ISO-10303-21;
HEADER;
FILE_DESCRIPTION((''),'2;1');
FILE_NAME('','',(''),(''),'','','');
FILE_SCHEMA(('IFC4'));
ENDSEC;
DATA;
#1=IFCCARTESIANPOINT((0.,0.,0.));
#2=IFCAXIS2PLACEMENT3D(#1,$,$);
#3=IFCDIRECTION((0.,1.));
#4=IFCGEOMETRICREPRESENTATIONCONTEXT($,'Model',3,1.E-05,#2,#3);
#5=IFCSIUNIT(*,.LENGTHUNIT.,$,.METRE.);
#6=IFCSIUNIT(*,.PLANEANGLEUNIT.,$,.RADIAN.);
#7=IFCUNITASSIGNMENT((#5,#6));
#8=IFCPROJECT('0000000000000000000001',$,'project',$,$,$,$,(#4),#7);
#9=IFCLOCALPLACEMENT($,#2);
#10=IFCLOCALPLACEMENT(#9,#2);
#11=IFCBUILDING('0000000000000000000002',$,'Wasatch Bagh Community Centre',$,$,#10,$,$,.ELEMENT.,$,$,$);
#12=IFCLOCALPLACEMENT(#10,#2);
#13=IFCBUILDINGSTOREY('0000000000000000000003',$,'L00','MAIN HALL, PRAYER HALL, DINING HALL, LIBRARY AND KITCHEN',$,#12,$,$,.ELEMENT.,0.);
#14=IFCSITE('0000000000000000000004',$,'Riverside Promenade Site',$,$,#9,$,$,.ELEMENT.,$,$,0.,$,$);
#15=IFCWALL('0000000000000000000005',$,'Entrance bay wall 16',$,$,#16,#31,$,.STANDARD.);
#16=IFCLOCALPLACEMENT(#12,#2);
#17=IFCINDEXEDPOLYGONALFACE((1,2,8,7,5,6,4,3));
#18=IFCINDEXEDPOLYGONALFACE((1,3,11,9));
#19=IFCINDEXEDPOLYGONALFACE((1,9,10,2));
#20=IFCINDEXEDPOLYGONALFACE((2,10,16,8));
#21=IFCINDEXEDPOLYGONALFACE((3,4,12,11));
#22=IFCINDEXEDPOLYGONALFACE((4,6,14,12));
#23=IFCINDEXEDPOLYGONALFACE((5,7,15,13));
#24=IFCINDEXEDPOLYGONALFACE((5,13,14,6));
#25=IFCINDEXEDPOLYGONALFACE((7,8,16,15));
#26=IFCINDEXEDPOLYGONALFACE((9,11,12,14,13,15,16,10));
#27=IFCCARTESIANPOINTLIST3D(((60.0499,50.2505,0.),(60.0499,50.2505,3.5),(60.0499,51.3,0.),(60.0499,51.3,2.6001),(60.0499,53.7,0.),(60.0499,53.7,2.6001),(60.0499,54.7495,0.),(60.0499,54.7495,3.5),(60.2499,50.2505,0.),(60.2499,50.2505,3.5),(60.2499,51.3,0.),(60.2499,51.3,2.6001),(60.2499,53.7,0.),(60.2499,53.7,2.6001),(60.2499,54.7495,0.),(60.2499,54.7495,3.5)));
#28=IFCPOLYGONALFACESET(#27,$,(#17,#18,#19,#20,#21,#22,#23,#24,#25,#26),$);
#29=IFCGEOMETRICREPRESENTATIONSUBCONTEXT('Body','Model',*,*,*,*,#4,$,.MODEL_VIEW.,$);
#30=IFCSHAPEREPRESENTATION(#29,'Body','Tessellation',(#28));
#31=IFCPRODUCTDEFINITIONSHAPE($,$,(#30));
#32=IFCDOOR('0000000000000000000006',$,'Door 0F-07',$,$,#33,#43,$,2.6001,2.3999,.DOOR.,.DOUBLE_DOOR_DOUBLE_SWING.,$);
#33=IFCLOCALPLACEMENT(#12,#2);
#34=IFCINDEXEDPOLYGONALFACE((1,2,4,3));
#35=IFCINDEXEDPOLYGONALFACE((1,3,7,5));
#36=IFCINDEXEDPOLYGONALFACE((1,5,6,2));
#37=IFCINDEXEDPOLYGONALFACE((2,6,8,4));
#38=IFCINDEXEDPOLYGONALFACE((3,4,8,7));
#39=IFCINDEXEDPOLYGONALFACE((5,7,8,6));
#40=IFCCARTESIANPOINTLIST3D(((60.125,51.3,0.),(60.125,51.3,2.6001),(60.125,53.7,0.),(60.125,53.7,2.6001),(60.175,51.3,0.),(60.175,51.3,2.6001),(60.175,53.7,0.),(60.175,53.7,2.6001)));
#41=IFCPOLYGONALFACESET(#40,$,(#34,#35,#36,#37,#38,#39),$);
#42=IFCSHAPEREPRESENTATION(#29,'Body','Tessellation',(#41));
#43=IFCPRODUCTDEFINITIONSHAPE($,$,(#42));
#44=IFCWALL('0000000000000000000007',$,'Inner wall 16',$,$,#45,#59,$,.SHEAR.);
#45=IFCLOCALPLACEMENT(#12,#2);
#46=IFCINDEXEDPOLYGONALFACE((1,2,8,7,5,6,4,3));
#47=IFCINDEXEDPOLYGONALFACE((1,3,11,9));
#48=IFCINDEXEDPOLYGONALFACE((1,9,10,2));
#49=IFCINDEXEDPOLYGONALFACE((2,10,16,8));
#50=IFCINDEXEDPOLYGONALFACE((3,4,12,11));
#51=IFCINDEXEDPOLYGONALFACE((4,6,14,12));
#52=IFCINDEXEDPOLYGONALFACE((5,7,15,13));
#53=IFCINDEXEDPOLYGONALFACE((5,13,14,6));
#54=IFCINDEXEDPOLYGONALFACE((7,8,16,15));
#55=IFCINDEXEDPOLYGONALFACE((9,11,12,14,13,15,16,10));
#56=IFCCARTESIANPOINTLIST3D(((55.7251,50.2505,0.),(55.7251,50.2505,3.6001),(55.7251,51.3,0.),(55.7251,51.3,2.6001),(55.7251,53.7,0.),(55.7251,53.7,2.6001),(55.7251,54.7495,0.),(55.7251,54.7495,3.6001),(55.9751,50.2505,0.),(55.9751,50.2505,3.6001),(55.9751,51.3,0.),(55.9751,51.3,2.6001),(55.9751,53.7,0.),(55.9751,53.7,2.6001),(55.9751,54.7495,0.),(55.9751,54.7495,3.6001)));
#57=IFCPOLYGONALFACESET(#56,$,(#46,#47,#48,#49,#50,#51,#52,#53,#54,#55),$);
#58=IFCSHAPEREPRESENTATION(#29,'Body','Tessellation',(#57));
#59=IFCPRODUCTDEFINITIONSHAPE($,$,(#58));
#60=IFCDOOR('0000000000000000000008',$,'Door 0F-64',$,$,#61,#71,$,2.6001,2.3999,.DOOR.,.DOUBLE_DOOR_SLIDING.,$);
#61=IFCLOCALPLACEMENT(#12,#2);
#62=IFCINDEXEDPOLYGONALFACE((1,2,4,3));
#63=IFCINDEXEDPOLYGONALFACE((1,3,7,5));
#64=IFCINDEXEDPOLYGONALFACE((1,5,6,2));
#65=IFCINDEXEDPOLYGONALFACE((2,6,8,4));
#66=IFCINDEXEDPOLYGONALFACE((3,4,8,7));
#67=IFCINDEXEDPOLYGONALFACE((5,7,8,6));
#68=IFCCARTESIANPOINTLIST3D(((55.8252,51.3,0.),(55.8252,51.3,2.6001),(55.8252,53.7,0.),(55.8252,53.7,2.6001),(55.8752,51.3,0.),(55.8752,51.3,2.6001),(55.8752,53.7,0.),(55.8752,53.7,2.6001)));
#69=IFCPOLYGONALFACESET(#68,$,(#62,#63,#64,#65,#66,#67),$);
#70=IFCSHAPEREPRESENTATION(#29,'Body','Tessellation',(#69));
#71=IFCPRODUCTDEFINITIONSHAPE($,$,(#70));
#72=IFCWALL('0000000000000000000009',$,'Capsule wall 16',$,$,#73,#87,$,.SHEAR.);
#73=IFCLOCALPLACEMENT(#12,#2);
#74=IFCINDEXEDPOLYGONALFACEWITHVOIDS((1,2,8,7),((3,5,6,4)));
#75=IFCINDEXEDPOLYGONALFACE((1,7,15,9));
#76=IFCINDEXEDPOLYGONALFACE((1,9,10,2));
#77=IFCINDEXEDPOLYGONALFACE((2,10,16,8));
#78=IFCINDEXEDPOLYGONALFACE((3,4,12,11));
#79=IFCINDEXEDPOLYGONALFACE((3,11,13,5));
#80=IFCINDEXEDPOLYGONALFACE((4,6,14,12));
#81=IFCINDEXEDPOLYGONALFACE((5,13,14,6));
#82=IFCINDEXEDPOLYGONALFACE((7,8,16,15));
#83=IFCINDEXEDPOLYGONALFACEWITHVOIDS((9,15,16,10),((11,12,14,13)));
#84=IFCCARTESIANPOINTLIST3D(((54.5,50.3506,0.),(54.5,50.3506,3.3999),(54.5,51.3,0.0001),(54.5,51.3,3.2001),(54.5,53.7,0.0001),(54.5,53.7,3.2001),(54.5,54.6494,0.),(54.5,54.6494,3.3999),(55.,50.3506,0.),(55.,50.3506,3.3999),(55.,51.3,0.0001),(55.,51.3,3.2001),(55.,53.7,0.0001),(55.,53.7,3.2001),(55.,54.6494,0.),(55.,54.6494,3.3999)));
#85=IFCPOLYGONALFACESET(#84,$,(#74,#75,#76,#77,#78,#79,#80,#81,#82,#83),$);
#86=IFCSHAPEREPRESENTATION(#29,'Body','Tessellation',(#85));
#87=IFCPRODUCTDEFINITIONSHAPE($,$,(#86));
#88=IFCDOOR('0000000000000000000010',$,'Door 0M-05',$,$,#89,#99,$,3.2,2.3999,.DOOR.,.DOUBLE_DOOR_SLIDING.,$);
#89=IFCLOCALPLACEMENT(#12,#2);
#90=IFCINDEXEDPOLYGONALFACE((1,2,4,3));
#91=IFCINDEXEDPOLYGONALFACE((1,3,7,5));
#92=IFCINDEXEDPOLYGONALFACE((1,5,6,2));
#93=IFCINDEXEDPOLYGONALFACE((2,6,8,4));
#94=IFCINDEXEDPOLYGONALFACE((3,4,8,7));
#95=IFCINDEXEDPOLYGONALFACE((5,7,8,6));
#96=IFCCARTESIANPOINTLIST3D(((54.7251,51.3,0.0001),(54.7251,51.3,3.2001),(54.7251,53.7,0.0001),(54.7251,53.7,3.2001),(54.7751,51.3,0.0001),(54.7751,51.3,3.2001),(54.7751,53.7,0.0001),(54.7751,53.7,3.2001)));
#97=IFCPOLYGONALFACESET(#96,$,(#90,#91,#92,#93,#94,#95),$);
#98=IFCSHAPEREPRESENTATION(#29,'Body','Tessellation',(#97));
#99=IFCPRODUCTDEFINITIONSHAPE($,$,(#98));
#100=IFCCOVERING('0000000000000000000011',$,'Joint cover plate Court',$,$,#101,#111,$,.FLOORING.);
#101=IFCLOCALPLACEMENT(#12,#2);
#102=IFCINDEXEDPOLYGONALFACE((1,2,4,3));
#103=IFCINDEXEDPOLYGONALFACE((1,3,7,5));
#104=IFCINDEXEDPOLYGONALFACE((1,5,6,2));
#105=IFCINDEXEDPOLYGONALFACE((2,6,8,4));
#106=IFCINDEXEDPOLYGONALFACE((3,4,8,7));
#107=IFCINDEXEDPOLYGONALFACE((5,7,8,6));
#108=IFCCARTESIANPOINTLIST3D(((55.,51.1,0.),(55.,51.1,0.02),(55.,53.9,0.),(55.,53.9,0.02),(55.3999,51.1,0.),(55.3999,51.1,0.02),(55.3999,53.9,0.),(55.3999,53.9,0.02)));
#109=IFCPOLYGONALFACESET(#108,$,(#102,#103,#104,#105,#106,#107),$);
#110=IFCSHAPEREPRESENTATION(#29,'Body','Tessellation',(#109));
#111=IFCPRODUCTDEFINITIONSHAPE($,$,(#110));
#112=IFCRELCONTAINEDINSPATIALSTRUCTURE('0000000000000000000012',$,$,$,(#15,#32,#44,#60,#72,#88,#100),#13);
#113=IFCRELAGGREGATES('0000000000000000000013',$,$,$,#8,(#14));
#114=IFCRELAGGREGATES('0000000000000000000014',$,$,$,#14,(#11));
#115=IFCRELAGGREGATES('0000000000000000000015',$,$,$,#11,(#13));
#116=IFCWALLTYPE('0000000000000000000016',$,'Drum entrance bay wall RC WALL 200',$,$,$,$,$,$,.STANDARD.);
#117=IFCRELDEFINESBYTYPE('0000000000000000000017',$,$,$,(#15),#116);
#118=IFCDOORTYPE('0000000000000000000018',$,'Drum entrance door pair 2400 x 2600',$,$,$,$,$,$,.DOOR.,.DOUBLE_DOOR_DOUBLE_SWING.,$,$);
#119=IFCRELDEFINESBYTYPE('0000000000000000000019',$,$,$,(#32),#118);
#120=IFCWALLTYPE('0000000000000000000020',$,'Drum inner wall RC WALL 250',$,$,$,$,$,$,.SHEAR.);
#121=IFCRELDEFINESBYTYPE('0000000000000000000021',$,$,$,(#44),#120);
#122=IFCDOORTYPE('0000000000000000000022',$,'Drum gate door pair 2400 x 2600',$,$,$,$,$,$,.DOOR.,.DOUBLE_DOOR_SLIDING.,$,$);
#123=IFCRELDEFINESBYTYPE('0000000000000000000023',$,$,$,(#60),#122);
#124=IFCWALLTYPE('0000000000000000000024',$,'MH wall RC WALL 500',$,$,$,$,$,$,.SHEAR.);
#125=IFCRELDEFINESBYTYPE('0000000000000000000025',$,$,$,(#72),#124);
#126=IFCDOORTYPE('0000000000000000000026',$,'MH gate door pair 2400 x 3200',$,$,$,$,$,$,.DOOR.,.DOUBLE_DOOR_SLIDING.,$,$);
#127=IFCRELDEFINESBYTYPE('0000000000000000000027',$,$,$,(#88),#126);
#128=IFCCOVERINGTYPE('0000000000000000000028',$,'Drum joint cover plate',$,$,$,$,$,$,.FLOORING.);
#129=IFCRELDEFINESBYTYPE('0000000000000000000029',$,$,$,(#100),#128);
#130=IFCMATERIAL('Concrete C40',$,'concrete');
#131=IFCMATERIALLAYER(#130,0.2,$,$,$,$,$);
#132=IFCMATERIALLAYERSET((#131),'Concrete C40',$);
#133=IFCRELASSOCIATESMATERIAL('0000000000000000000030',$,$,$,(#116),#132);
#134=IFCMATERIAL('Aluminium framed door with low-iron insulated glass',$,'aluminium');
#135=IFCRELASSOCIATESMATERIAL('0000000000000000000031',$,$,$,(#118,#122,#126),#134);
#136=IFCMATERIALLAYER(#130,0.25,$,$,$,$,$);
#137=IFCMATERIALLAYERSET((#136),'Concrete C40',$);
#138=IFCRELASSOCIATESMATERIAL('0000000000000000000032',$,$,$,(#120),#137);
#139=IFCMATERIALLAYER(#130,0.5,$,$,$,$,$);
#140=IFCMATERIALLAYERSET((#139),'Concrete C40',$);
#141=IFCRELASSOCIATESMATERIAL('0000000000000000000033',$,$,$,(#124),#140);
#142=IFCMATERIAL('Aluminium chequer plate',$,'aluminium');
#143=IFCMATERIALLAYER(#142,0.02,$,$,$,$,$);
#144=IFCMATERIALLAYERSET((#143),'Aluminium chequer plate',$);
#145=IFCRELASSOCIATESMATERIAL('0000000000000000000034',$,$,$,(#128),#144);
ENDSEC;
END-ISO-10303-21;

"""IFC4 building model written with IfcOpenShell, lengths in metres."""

from ifc_helpers import new_model, si_unit, direction, frame, frame_2d, origin, origin_2d, place, context, subcontext, project, spatial, rectangle, extrude, material, layer, layer_set, type_object, element, fill, save


model = new_model("IFC4")

# Units and contexts
model_context = context("Model", 3, precision=1e-05, world=origin(), true_north=direction((0.0, 1.0)))
body_context = subcontext(model_context, "Body", "Model", "MODEL_VIEW")
ifc_project = project(units=[si_unit("LENGTHUNIT", "METRE"), si_unit("PLANEANGLEUNIT", "RADIAN")], contexts=[model_context])

# Site, building, storey
site_placement = place(None, origin())
site = spatial("IfcSite", under=ifc_project, at=site_placement, Name="Riverside Promenade Site", CompositionType="ELEMENT", RefElevation=0.0)
building_placement = place(site_placement, origin())
building = spatial("IfcBuilding", under=site, at=building_placement, Name="Wasatch Bagh Community Centre", CompositionType="ELEMENT")
storey_placement = place(building_placement, origin())
storey = spatial("IfcBuildingStorey", under=building, at=storey_placement, Name="L00", Description="MAIN HALL, PRAYER HALL, DINING HALL, LIBRARY AND KITCHEN", CompositionType="ELEMENT", Elevation=0.0)

# Shared definitions
ifc_material_1 = material(Name="Concrete C40", Category="concrete")

# Walls, openings, doors
ifc_layer_1 = layer(ifc_material_1, 0.2)
ifc_layer_set_1 = layer_set([ifc_layer_1], Name="Concrete C40")
wall_type_1 = type_object("IfcWallType", Name="Drum entrance bay wall RC WALL 200", PredefinedType="STANDARD", material=ifc_layer_set_1)
wall_1_placement = place(storey_placement, frame((60.1499, 50.2505, 0.0), z_axis=(0.0, 0.0, 1.0), x_axis=(0.0, 1.0, 0.0)))
wall_1 = element("IfcWall", 1, at=wall_1_placement, inside=storey, type_object=wall_type_1, Name="Entrance bay wall 16", PredefinedType="STANDARD", context=body_context, shape_type="SweptSolid", body=[
    extrude(rectangle(XDim=4.499, YDim=0.2, at=frame_2d((2.2495, 0.0))), origin(), (0.0, 0.0, 1.0), 3.5),
])
opening_1_placement = place(wall_1_placement, frame((1.0496, 0.0, 0.0)))
opening_1 = element("IfcOpeningElement", 2, at=opening_1_placement, cuts=wall_1, PredefinedType="OPENING", context=body_context, shape_type="SweptSolid", body=[
    extrude(rectangle(XDim=2.3999, YDim=2.6001, at=frame_2d((1.2, 1.3))), frame((0.0, 0.1099, 0.0), z_axis=(0.0, -1.0, 0.0), x_axis=(1.0, 0.0, 0.0)), (0.0, 0.0, 1.0), 0.22),
])
ifc_material_2 = material(Name="Aluminium framed door with low-iron insulated glass", Category="aluminium")
door_type_1 = type_object("IfcDoorType", Name="Drum entrance door pair 2400 x 2600", OperationType="DOUBLE_DOOR_DOUBLE_SWING", PredefinedType="DOOR", material=ifc_material_2)
door_1_placement = place(opening_1_placement, origin())
door_1 = element("IfcDoor", 3, at=door_1_placement, inside=storey, type_object=door_type_1, Name="Door 0F-07", OperationType="DOUBLE_DOOR_DOUBLE_SWING", OverallHeight=2.6001, OverallWidth=2.3999, PredefinedType="DOOR", context=body_context, shape_type="SweptSolid", body=[
    extrude(rectangle(XDim=2.3999, YDim=2.6001, at=frame_2d((1.2, 1.3))), frame((0.0, 0.0249, 0.0), z_axis=(0.0, -1.0, 0.0), x_axis=(1.0, 0.0, 0.0)), (0.0, 0.0, 1.0), 0.05),
])
fill(opening_1, door_1)
ifc_layer_2 = layer(ifc_material_1, 0.25)
ifc_layer_set_2 = layer_set([ifc_layer_2], Name="Concrete C40")
wall_type_2 = type_object("IfcWallType", Name="Drum inner wall RC WALL 250", PredefinedType="SHEAR", material=ifc_layer_set_2)
wall_2_placement = place(storey_placement, frame((55.8501, 50.2505, 0.0), z_axis=(0.0, 0.0, 1.0), x_axis=(0.0, 1.0, 0.0)))
wall_2 = element("IfcWall", 4, at=wall_2_placement, inside=storey, type_object=wall_type_2, Name="Inner wall 16", PredefinedType="SHEAR", context=body_context, shape_type="SweptSolid", body=[
    extrude(rectangle(XDim=4.499, YDim=0.25, at=frame_2d((2.2495, 0.0))), origin(), (0.0, 0.0, 1.0), 3.6001),
])
opening_2_placement = place(wall_2_placement, frame((1.0496, 0.0, 0.0)))
opening_2 = element("IfcOpeningElement", 5, at=opening_2_placement, cuts=wall_2, PredefinedType="OPENING", context=body_context, shape_type="SweptSolid", body=[
    extrude(rectangle(XDim=2.3999, YDim=2.6001, at=frame_2d((1.2, 1.3))), frame((0.0, 0.135, 0.0), z_axis=(0.0, -1.0, 0.0), x_axis=(1.0, 0.0, 0.0)), (0.0, 0.0, 1.0), 0.27),
])
door_type_2 = type_object("IfcDoorType", Name="Drum gate door pair 2400 x 2600", OperationType="DOUBLE_DOOR_SLIDING", PredefinedType="DOOR", material=ifc_material_2)
door_2_placement = place(opening_2_placement, origin())
door_2 = element("IfcDoor", 6, at=door_2_placement, inside=storey, type_object=door_type_2, Name="Door 0F-64", OperationType="DOUBLE_DOOR_SLIDING", OverallHeight=2.6001, OverallWidth=2.3999, PredefinedType="DOOR", context=body_context, shape_type="SweptSolid", body=[
    extrude(rectangle(XDim=2.3999, YDim=2.6001, at=frame_2d((1.2, 1.3))), frame((0.0, 0.0249, 0.0), z_axis=(0.0, -1.0, 0.0), x_axis=(1.0, 0.0, 0.0)), (0.0, 0.0, 1.0), 0.05),
])
fill(opening_2, door_2)
ifc_layer_3 = layer(ifc_material_1, 0.5)
ifc_layer_set_3 = layer_set([ifc_layer_3], Name="Concrete C40")
wall_type_3 = type_object("IfcWallType", Name="MH wall RC WALL 500", PredefinedType="SHEAR", material=ifc_layer_set_3)
wall_3_placement = place(storey_placement, frame((54.75, 50.3506, 0.0), z_axis=(0.0, 0.0, 1.0), x_axis=(0.0, 1.0, 0.0)))
wall_3 = element("IfcWall", 7, at=wall_3_placement, inside=storey, type_object=wall_type_3, Name="Capsule wall 16", PredefinedType="SHEAR", context=body_context, shape_type="SweptSolid", body=[
    extrude(rectangle(XDim=4.2988, YDim=0.5, at=frame_2d((2.1494, 0.0))), origin(), (0.0, 0.0, 1.0), 3.3999),
])
opening_3_placement = place(wall_3_placement, frame((0.9495, 0.0, 0.0)))
opening_3 = element("IfcOpeningElement", 8, at=opening_3_placement, cuts=wall_3, PredefinedType="OPENING", context=body_context, shape_type="SweptSolid", body=[
    extrude(rectangle(XDim=2.3999, YDim=3.2, at=frame_2d((1.2, 1.6001))), frame((0.0, 0.26, 0.0), z_axis=(0.0, -1.0, 0.0), x_axis=(1.0, 0.0, 0.0)), (0.0, 0.0, 1.0), 0.52),
])
door_type_3 = type_object("IfcDoorType", Name="MH gate door pair 2400 x 3200", OperationType="DOUBLE_DOOR_SLIDING", PredefinedType="DOOR", material=ifc_material_2)
door_3_placement = place(opening_3_placement, origin())
door_3 = element("IfcDoor", 9, at=door_3_placement, inside=storey, type_object=door_type_3, Name="Door 0M-05", OperationType="DOUBLE_DOOR_SLIDING", OverallHeight=3.2, OverallWidth=2.3999, PredefinedType="DOOR", context=body_context, shape_type="SweptSolid", body=[
    extrude(rectangle(XDim=2.3999, YDim=3.2, at=frame_2d((1.2, 1.6001))), frame((0.0, 0.0249, 0.0), z_axis=(0.0, -1.0, 0.0), x_axis=(1.0, 0.0, 0.0)), (0.0, 0.0, 1.0), 0.05),
])
fill(opening_3, door_3)

# Covering
ifc_material_3 = material(Name="Aluminium chequer plate", Category="aluminium")
ifc_layer_4 = layer(ifc_material_3, 0.02)
ifc_layer_set_4 = layer_set([ifc_layer_4], Name="Aluminium chequer plate")
covering_type = type_object("IfcCoveringType", Name="Drum joint cover plate", PredefinedType="FLOORING", material=ifc_layer_set_4)
covering_placement = place(storey_placement, frame((55.2, 52.5, 0.0), z_axis=(0.0, 0.0, 1.0), x_axis=(1.0, 0.0, 0.0)))
element("IfcCovering", 10, at=covering_placement, inside=storey, type_object=covering_type, Name="Joint cover plate Court", PredefinedType="FLOORING", context=body_context, shape_type="SweptSolid", body=[
    extrude(rectangle(XDim=0.3999, YDim=2.8, at=origin_2d()), origin(), (0.0, 0.0, 1.0), 0.02),
])

save(model, "model.ifc")
